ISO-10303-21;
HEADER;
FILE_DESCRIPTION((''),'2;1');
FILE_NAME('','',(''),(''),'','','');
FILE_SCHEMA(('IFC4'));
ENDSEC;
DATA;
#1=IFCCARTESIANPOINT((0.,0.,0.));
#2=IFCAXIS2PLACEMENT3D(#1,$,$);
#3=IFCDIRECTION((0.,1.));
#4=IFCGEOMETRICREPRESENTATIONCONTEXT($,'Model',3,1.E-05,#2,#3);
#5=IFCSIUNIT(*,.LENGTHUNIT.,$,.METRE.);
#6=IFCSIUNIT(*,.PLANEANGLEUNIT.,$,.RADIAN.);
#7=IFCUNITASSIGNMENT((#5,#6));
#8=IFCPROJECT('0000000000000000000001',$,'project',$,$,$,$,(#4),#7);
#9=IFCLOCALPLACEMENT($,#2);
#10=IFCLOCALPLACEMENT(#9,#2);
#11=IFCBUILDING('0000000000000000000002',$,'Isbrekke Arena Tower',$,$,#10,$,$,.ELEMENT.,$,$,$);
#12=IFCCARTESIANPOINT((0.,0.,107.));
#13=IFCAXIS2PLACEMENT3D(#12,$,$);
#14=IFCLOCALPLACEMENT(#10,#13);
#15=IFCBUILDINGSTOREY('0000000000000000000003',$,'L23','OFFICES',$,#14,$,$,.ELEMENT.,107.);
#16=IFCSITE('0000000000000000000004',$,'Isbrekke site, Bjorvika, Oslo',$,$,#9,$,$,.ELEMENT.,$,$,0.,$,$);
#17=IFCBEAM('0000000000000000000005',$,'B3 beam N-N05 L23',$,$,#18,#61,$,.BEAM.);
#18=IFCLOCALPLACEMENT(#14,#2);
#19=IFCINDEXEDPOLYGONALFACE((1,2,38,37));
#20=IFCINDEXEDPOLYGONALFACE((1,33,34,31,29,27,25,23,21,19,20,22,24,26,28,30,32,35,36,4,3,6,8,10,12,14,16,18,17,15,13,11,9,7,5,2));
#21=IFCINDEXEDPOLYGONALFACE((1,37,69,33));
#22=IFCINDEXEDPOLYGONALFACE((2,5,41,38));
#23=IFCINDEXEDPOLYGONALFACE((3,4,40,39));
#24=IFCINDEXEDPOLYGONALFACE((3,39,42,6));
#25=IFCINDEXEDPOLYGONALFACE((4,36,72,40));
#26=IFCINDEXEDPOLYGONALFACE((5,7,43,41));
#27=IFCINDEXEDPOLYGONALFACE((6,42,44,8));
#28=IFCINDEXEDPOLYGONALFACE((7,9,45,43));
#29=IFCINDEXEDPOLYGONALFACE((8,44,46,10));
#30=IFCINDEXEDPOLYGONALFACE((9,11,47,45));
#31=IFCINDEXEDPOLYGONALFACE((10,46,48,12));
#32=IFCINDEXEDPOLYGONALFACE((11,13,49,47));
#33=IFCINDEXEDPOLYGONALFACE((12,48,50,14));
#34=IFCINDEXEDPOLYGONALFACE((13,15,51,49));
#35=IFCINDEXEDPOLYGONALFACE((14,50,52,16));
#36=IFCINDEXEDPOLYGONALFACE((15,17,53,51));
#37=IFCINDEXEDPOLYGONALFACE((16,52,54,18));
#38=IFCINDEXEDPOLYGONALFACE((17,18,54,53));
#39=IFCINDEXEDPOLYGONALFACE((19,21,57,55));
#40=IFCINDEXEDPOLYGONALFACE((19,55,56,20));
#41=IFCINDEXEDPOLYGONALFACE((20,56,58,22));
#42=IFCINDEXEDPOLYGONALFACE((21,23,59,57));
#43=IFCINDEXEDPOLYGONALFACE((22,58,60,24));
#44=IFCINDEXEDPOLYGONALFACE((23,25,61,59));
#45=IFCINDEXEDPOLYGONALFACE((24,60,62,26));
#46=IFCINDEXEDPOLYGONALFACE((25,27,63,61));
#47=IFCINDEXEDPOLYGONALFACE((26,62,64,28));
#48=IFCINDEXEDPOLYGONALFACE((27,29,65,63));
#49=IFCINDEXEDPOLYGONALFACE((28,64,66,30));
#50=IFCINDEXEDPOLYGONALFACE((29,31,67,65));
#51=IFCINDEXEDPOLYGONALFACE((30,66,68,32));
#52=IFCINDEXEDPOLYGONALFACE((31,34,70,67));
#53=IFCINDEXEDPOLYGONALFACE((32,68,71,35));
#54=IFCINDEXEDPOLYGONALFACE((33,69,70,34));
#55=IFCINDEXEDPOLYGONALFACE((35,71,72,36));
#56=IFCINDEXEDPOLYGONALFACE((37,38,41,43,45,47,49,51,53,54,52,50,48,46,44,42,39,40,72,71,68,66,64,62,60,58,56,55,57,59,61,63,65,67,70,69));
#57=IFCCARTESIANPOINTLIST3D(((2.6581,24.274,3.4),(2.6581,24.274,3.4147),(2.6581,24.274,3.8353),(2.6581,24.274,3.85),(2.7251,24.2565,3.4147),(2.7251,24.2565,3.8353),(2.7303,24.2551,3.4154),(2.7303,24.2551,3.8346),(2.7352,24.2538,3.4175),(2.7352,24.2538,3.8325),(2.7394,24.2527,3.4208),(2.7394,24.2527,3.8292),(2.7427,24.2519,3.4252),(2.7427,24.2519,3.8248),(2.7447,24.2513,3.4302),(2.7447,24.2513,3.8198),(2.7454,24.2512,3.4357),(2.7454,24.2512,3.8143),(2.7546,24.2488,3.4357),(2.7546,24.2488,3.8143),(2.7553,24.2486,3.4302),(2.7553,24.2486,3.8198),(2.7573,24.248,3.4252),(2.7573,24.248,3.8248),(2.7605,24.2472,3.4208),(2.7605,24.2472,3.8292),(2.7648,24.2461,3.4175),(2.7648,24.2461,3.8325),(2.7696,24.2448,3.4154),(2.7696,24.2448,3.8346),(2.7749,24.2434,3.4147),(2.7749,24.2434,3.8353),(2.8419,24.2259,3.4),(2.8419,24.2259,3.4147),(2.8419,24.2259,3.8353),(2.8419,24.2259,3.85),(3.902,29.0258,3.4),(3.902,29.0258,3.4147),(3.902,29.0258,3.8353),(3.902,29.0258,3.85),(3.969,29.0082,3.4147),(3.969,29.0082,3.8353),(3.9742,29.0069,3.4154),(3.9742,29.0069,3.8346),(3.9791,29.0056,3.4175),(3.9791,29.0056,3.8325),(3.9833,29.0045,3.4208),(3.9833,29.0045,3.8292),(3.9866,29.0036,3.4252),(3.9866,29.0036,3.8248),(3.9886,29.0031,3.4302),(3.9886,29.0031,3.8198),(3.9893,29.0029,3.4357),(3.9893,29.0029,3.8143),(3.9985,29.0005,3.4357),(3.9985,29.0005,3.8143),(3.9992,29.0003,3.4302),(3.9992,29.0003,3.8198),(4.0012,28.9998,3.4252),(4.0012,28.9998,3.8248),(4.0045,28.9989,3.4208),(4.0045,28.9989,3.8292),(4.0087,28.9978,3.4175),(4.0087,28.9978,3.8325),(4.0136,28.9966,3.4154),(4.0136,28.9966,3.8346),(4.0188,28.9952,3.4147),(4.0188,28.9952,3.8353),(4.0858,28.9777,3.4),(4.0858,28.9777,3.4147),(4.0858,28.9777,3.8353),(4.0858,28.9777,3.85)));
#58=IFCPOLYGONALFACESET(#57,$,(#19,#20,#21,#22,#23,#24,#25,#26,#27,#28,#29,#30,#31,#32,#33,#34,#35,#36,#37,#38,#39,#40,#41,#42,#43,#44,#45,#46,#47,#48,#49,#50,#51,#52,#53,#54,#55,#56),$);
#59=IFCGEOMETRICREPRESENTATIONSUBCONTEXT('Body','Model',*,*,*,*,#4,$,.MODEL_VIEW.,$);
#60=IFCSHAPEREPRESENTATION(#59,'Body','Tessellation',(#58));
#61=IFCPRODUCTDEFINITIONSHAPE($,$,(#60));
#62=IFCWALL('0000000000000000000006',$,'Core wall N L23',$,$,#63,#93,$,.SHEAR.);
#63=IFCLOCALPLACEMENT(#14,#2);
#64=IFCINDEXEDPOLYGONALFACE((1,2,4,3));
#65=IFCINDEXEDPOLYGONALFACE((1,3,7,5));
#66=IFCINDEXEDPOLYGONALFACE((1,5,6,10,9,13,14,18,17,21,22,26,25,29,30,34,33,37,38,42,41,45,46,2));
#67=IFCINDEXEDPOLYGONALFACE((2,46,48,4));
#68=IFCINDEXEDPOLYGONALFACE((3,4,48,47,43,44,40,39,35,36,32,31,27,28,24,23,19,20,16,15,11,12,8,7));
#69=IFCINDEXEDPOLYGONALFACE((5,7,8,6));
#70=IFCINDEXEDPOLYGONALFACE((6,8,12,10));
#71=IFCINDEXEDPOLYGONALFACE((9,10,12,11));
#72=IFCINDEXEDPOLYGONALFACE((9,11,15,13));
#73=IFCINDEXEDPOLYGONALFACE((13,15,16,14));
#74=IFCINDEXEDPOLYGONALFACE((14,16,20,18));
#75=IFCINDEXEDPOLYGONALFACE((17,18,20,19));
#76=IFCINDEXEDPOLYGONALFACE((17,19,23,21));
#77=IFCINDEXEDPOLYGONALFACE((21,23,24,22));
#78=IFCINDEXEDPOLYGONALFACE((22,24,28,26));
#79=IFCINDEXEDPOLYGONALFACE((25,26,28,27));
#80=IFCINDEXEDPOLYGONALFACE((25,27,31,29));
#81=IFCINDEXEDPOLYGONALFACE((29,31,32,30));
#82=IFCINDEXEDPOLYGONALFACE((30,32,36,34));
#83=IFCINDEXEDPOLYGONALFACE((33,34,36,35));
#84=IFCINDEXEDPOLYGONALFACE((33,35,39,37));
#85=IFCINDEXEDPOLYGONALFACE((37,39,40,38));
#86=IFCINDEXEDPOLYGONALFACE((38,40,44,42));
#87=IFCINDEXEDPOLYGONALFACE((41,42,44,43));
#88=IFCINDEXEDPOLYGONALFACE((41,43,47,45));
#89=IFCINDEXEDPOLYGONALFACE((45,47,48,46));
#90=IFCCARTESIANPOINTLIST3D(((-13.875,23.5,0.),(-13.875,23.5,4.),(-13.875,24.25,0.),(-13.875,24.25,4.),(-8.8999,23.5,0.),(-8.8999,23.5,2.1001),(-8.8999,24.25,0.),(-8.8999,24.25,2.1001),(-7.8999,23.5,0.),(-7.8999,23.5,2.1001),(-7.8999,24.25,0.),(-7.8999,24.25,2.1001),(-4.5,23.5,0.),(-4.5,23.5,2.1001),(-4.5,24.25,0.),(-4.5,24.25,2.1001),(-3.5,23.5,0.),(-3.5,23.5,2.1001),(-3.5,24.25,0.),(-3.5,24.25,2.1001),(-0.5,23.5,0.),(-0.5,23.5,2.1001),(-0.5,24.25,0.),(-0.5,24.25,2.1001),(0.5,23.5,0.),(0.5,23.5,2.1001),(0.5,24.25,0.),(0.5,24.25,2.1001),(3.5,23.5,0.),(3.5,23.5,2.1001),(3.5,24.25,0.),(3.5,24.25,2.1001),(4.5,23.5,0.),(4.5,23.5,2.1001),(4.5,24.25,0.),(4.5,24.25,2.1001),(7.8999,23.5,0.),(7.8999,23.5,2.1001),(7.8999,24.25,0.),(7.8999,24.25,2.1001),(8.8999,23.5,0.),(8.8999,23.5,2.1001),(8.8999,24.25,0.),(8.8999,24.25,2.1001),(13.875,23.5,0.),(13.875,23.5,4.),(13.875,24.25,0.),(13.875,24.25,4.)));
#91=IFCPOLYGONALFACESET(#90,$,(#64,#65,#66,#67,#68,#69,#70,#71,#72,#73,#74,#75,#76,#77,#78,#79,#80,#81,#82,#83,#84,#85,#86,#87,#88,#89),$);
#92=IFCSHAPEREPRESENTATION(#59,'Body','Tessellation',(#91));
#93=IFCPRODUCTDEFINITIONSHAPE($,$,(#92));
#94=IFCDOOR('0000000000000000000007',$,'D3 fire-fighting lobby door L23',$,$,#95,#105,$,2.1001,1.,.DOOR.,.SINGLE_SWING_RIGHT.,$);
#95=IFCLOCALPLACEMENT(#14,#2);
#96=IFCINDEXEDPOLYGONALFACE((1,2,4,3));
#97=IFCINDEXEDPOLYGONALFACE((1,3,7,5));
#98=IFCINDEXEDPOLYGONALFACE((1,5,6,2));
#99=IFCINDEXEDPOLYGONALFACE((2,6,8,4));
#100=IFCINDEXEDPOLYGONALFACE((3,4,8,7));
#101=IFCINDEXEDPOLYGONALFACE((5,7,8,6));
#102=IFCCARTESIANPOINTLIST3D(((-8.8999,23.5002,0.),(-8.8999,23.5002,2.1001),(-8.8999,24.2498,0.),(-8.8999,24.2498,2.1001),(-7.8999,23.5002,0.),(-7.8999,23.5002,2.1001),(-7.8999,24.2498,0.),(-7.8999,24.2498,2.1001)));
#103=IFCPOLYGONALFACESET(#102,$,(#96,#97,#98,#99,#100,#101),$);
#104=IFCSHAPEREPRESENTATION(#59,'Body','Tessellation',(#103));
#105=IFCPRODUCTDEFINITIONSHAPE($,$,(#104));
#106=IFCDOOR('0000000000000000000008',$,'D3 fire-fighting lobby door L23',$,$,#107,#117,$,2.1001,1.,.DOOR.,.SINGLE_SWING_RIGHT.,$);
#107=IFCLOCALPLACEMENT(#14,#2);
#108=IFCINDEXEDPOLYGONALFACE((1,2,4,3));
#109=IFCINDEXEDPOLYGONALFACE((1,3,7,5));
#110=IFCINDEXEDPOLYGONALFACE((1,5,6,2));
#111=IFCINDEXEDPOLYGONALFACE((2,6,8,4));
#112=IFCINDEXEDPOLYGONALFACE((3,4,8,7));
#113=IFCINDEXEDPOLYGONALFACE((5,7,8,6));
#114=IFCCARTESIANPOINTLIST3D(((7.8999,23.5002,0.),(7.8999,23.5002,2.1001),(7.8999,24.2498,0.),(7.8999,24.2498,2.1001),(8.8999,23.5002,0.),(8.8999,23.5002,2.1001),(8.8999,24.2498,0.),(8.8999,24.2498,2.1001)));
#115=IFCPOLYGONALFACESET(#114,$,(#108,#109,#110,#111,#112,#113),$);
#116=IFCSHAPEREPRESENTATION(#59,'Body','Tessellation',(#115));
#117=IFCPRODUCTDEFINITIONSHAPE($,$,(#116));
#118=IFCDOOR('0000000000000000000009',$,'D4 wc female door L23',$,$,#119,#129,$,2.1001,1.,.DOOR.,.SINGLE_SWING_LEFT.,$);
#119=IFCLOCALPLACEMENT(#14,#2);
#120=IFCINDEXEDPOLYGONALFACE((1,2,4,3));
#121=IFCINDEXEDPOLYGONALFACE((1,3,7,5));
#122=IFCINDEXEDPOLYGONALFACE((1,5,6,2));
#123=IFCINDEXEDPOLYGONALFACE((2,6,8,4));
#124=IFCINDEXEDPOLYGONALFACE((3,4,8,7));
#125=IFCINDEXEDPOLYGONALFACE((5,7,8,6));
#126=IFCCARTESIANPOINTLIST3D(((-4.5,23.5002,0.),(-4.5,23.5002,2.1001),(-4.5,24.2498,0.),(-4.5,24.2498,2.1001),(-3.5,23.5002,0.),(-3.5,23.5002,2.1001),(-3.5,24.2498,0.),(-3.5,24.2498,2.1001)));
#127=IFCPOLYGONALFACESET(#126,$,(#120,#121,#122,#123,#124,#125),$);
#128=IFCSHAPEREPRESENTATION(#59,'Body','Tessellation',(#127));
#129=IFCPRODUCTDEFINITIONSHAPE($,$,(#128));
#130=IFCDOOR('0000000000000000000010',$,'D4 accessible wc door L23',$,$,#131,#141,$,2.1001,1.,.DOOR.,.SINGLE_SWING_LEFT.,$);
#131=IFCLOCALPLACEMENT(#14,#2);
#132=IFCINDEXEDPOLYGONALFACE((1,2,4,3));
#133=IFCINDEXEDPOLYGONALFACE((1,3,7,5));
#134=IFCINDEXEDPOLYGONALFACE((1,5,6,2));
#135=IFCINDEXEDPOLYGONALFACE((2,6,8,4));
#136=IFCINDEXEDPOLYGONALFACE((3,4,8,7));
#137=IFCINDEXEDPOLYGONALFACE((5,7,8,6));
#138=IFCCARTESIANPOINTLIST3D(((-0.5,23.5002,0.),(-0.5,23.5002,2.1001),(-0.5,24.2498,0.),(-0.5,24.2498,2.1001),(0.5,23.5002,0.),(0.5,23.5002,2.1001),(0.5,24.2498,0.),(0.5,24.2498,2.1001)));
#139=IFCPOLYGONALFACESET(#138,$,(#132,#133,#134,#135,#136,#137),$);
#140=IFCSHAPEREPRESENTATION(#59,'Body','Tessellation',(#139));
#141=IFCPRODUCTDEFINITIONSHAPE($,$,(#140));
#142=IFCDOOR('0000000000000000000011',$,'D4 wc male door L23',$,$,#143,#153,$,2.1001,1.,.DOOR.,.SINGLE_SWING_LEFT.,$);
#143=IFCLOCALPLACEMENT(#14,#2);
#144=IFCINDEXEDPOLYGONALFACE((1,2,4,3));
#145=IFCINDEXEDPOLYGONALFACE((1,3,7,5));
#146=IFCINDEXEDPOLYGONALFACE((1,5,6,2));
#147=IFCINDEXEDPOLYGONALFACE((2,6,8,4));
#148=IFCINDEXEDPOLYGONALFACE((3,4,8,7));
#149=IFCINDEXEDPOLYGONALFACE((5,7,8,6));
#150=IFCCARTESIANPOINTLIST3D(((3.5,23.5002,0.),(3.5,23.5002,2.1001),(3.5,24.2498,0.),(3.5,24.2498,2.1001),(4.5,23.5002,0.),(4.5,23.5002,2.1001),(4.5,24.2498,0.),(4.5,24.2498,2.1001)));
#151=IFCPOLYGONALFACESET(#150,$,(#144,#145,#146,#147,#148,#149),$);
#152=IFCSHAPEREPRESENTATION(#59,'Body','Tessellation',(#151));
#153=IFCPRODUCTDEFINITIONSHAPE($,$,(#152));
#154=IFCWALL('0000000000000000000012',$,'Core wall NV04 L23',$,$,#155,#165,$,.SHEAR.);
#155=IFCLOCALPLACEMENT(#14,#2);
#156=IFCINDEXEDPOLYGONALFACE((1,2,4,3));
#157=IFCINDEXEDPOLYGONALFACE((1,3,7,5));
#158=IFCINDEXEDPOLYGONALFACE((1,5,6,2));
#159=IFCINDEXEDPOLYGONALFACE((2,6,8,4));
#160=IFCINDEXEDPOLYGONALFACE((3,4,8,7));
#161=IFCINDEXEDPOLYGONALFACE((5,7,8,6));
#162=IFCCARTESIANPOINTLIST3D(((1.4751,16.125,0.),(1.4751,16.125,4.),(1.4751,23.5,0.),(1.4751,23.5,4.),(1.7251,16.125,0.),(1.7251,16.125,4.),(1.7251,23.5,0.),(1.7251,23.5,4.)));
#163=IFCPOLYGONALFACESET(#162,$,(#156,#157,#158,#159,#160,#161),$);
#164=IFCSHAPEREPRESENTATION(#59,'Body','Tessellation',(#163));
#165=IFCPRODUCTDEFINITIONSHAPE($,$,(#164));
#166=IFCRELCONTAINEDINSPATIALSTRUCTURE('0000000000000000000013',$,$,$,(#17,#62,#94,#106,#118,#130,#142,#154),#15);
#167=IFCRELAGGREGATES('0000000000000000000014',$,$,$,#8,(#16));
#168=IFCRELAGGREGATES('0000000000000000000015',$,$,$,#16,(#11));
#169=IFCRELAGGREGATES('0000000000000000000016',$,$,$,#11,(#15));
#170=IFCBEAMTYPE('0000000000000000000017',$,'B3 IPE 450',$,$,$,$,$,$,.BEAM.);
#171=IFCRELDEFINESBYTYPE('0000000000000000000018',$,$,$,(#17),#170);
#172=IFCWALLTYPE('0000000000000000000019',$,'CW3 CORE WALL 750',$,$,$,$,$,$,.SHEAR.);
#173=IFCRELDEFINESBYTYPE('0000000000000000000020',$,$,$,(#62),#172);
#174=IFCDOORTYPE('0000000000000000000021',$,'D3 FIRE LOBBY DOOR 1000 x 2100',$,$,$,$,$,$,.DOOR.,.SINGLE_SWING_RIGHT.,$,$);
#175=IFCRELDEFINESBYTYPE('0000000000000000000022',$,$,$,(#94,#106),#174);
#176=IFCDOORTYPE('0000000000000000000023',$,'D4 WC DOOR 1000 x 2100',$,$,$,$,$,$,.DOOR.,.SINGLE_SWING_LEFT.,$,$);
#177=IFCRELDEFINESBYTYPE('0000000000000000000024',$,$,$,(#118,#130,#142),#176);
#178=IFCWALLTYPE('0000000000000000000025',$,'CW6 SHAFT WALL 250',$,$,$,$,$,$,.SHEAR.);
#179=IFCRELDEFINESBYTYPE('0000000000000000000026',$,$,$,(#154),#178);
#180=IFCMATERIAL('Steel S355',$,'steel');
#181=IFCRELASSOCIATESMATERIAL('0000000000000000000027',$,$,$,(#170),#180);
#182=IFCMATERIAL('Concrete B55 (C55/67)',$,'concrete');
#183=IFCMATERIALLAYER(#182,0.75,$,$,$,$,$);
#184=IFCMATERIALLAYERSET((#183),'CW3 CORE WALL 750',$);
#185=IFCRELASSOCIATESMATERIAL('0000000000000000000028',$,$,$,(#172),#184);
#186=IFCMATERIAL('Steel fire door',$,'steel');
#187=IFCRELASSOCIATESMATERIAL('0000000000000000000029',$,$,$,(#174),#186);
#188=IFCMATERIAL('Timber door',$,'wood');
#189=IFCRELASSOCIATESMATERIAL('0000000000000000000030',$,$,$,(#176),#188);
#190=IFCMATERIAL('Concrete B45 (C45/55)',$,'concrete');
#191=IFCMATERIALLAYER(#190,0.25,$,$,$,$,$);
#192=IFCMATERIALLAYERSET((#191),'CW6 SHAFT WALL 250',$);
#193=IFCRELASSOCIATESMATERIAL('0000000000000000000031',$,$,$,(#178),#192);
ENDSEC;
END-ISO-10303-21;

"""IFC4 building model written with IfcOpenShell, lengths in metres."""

from ifc_helpers import new_model, si_unit, direction, frame, frame_2d, origin, origin_2d, place, context, subcontext, project, spatial, rectangle, i_section, extrude, material, layer, layer_set, material_profile, profile_set, type_object, element, fill, save


model = new_model("IFC4")

# Units and contexts
model_context = context("Model", 3, precision=1e-05, world=origin(), true_north=direction((0.0, 1.0)))
body_context = subcontext(model_context, "Body", "Model", "MODEL_VIEW")
ifc_project = project(units=[si_unit("LENGTHUNIT", "METRE"), si_unit("PLANEANGLEUNIT", "RADIAN")], contexts=[model_context])

# Site, building, storey
site_placement = place(None, origin())
site = spatial("IfcSite", under=ifc_project, at=site_placement, Name="Isbrekke site, Bjorvika, Oslo", CompositionType="ELEMENT", RefElevation=0.0)
building_placement = place(site_placement, origin())
building = spatial("IfcBuilding", under=site, at=building_placement, Name="Isbrekke Arena Tower", CompositionType="ELEMENT")
storey_placement = place(building_placement, frame((0.0, 0.0, 107.0)))
storey = spatial("IfcBuildingStorey", under=building, at=storey_placement, Name="L23", Description="OFFICES", CompositionType="ELEMENT", Elevation=107.0)

# Beam
ifc_material_1 = material(Name="Steel S355", Category="steel")
ifc_material_profile = material_profile(ifc_material_1, i_section(OverallWidth=0.1899, OverallDepth=0.45, WebThickness=0.0095, FlangeThickness=0.0146, FilletRadius=0.021, at=origin_2d()), Name="IPE 450")
ifc_profile_set = profile_set([ifc_material_profile], Name="Steel S355")
beam_type = type_object("IfcBeamType", Name="B3 IPE 450", PredefinedType="BEAM", material=ifc_profile_set)
beam_placement = place(storey_placement, frame((3.9939, 29.0017, 3.625), z_axis=(-0.253245, -0.967402, 0.0), x_axis=(0.967402, -0.253245, 0.0)))
element("IfcBeam", 1, at=beam_placement, inside=storey, type_object=beam_type, Name="B3 beam N-N05 L23", PredefinedType="BEAM", context=body_context, shape_type="SweptSolid", body=[
    extrude(i_section(OverallWidth=0.1899, OverallDepth=0.45, WebThickness=0.0095, FlangeThickness=0.0146, FilletRadius=0.021, at=origin_2d()), origin(), (0.0, 0.0, 1.0), 4.9119),
])

# Wall, openings, doors
ifc_material_2 = material(Name="Concrete B55 (C55/67)", Category="concrete")
ifc_layer_1 = layer(ifc_material_2, 0.75)
ifc_layer_set_1 = layer_set([ifc_layer_1], Name="CW3 CORE WALL 750")
wall_type_1 = type_object("IfcWallType", Name="CW3 CORE WALL 750", PredefinedType="SHEAR", material=ifc_layer_set_1)
wall_1_placement = place(storey_placement, frame((13.875, 23.875, 0.0), z_axis=(0.0, 0.0, 1.0), x_axis=(-1.0, 0.0, 0.0)))
wall_1 = element("IfcWall", 2, at=wall_1_placement, inside=storey, type_object=wall_type_1, Name="Core wall N L23", PredefinedType="SHEAR", context=body_context, shape_type="SweptSolid", body=[
    extrude(rectangle(XDim=27.75, YDim=0.75, at=frame_2d((13.875, 0.0))), origin(), (0.0, 0.0, 1.0), 4.0),
])
opening_1_placement = place(wall_1_placement, frame((21.7749, 0.0, 0.0)))
opening_1 = element("IfcOpeningElement", 3, at=opening_1_placement, cuts=wall_1, PredefinedType="OPENING", context=body_context, shape_type="SweptSolid", body=[
    extrude(rectangle(XDim=1.0, YDim=2.1001, at=frame_2d((0.5, 1.05))), frame((0.0, 0.3899, 0.0), z_axis=(0.0, -1.0, 0.0), x_axis=(1.0, 0.0, 0.0)), (0.0, 0.0, 1.0), 0.7798),
])
opening_2_placement = place(wall_1_placement, frame((4.9751, 0.0, 0.0)))
opening_2 = element("IfcOpeningElement", 4, at=opening_2_placement, cuts=wall_1, PredefinedType="OPENING", context=body_context, shape_type="SweptSolid", body=[
    extrude(rectangle(XDim=1.0, YDim=2.1001, at=frame_2d((0.5, 1.05))), frame((0.0, 0.3899, 0.0), z_axis=(0.0, -1.0, 0.0), x_axis=(1.0, 0.0, 0.0)), (0.0, 0.0, 1.0), 0.7798),
])
opening_3_placement = place(wall_1_placement, frame((17.375, 0.0, 0.0)))
opening_3 = element("IfcOpeningElement", 5, at=opening_3_placement, cuts=wall_1, PredefinedType="OPENING", context=body_context, shape_type="SweptSolid", body=[
    extrude(rectangle(XDim=1.0, YDim=2.1001, at=frame_2d((0.5, 1.05))), frame((0.0, 0.3899, 0.0), z_axis=(0.0, -1.0, 0.0), x_axis=(1.0, 0.0, 0.0)), (0.0, 0.0, 1.0), 0.7798),
])
opening_4_placement = place(wall_1_placement, frame((13.375, 0.0, 0.0)))
opening_4 = element("IfcOpeningElement", 6, at=opening_4_placement, cuts=wall_1, PredefinedType="OPENING", context=body_context, shape_type="SweptSolid", body=[
    extrude(rectangle(XDim=1.0, YDim=2.1001, at=frame_2d((0.5, 1.05))), frame((0.0, 0.3899, 0.0), z_axis=(0.0, -1.0, 0.0), x_axis=(1.0, 0.0, 0.0)), (0.0, 0.0, 1.0), 0.7798),
])
opening_5_placement = place(wall_1_placement, frame((9.375, 0.0, 0.0)))
opening_5 = element("IfcOpeningElement", 7, at=opening_5_placement, cuts=wall_1, PredefinedType="OPENING", context=body_context, shape_type="SweptSolid", body=[
    extrude(rectangle(XDim=1.0, YDim=2.1001, at=frame_2d((0.5, 1.05))), frame((0.0, 0.3899, 0.0), z_axis=(0.0, -1.0, 0.0), x_axis=(1.0, 0.0, 0.0)), (0.0, 0.0, 1.0), 0.7798),
])
ifc_material_3 = material(Name="Steel fire door", Category="steel")
door_type_1 = type_object("IfcDoorType", Name="D3 FIRE LOBBY DOOR 1000 x 2100", OperationType="SINGLE_SWING_RIGHT", PredefinedType="DOOR", material=ifc_material_3)
door_1_placement = place(opening_1_placement, origin())
door_1 = element("IfcDoor", 8, at=door_1_placement, inside=storey, type_object=door_type_1, Name="D3 fire-fighting lobby door L23", OperationType="SINGLE_SWING_RIGHT", OverallHeight=2.1001, OverallWidth=1.0, PredefinedType="DOOR", context=body_context, shape_type="SweptSolid", body=[
    extrude(rectangle(XDim=1.0, YDim=2.1001, at=frame_2d((0.5, 1.05))), frame((0.0, 0.3748, 0.0), z_axis=(0.0, -1.0, 0.0), x_axis=(1.0, 0.0, 0.0)), (0.0, 0.0, 1.0), 0.7495),
])
fill(opening_1, door_1)
door_2_placement = place(opening_2_placement, origin())
door_2 = element("IfcDoor", 9, at=door_2_placement, inside=storey, type_object=door_type_1, Name="D3 fire-fighting lobby door L23", OperationType="SINGLE_SWING_RIGHT", OverallHeight=2.1001, OverallWidth=1.0, PredefinedType="DOOR", context=body_context, shape_type="SweptSolid", body=[
    extrude(rectangle(XDim=1.0, YDim=2.1001, at=frame_2d((0.5, 1.05))), frame((0.0, 0.3748, 0.0), z_axis=(0.0, -1.0, 0.0), x_axis=(1.0, 0.0, 0.0)), (0.0, 0.0, 1.0), 0.7495),
])
fill(opening_2, door_2)
ifc_material_4 = material(Name="Timber door", Category="wood")
door_type_2 = type_object("IfcDoorType", Name="D4 WC DOOR 1000 x 2100", OperationType="SINGLE_SWING_LEFT", PredefinedType="DOOR", material=ifc_material_4)
door_3_placement = place(opening_3_placement, origin())
door_3 = element("IfcDoor", 10, at=door_3_placement, inside=storey, type_object=door_type_2, Name="D4 wc female door L23", OperationType="SINGLE_SWING_LEFT", OverallHeight=2.1001, OverallWidth=1.0, PredefinedType="DOOR", context=body_context, shape_type="SweptSolid", body=[
    extrude(rectangle(XDim=1.0, YDim=2.1001, at=frame_2d((0.5, 1.05))), frame((0.0, 0.3748, 0.0), z_axis=(0.0, -1.0, 0.0), x_axis=(1.0, 0.0, 0.0)), (0.0, 0.0, 1.0), 0.7495),
])
fill(opening_3, door_3)
door_4_placement = place(opening_4_placement, origin())
door_4 = element("IfcDoor", 11, at=door_4_placement, inside=storey, type_object=door_type_2, Name="D4 accessible wc door L23", OperationType="SINGLE_SWING_LEFT", OverallHeight=2.1001, OverallWidth=1.0, PredefinedType="DOOR", context=body_context, shape_type="SweptSolid", body=[
    extrude(rectangle(XDim=1.0, YDim=2.1001, at=frame_2d((0.5, 1.05))), frame((0.0, 0.3748, 0.0), z_axis=(0.0, -1.0, 0.0), x_axis=(1.0, 0.0, 0.0)), (0.0, 0.0, 1.0), 0.7495),
])
fill(opening_4, door_4)
door_5_placement = place(opening_5_placement, origin())
door_5 = element("IfcDoor", 12, at=door_5_placement, inside=storey, type_object=door_type_2, Name="D4 wc male door L23", OperationType="SINGLE_SWING_LEFT", OverallHeight=2.1001, OverallWidth=1.0, PredefinedType="DOOR", context=body_context, shape_type="SweptSolid", body=[
    extrude(rectangle(XDim=1.0, YDim=2.1001, at=frame_2d((0.5, 1.05))), frame((0.0, 0.3748, 0.0), z_axis=(0.0, -1.0, 0.0), x_axis=(1.0, 0.0, 0.0)), (0.0, 0.0, 1.0), 0.7495),
])
fill(opening_5, door_5)

# Wall
ifc_material_5 = material(Name="Concrete B45 (C45/55)", Category="concrete")
ifc_layer_2 = layer(ifc_material_5, 0.25)
ifc_layer_set_2 = layer_set([ifc_layer_2], Name="CW6 SHAFT WALL 250")
wall_type_2 = type_object("IfcWallType", Name="CW6 SHAFT WALL 250", PredefinedType="SHEAR", material=ifc_layer_set_2)
for number, where, z_axis, x_axis, name in (
    (13, (1.6001, 16.125, 0.0), (0.0, 0.0, 1.0), (0.0, 1.0, 0.0), "Core wall NV04 L23"),
):
    element("IfcWall", number, at=place(storey_placement, frame(where, z_axis=z_axis, x_axis=x_axis)), inside=storey, type_object=wall_type_2, Name=name, PredefinedType="SHEAR", context=body_context, shape_type="SweptSolid", body=[
        extrude(rectangle(XDim=7.375, YDim=0.25, at=frame_2d((3.6875, 0.0))), origin(), (0.0, 0.0, 1.0), 4.0),
    ])

save(model, "model.ifc")
